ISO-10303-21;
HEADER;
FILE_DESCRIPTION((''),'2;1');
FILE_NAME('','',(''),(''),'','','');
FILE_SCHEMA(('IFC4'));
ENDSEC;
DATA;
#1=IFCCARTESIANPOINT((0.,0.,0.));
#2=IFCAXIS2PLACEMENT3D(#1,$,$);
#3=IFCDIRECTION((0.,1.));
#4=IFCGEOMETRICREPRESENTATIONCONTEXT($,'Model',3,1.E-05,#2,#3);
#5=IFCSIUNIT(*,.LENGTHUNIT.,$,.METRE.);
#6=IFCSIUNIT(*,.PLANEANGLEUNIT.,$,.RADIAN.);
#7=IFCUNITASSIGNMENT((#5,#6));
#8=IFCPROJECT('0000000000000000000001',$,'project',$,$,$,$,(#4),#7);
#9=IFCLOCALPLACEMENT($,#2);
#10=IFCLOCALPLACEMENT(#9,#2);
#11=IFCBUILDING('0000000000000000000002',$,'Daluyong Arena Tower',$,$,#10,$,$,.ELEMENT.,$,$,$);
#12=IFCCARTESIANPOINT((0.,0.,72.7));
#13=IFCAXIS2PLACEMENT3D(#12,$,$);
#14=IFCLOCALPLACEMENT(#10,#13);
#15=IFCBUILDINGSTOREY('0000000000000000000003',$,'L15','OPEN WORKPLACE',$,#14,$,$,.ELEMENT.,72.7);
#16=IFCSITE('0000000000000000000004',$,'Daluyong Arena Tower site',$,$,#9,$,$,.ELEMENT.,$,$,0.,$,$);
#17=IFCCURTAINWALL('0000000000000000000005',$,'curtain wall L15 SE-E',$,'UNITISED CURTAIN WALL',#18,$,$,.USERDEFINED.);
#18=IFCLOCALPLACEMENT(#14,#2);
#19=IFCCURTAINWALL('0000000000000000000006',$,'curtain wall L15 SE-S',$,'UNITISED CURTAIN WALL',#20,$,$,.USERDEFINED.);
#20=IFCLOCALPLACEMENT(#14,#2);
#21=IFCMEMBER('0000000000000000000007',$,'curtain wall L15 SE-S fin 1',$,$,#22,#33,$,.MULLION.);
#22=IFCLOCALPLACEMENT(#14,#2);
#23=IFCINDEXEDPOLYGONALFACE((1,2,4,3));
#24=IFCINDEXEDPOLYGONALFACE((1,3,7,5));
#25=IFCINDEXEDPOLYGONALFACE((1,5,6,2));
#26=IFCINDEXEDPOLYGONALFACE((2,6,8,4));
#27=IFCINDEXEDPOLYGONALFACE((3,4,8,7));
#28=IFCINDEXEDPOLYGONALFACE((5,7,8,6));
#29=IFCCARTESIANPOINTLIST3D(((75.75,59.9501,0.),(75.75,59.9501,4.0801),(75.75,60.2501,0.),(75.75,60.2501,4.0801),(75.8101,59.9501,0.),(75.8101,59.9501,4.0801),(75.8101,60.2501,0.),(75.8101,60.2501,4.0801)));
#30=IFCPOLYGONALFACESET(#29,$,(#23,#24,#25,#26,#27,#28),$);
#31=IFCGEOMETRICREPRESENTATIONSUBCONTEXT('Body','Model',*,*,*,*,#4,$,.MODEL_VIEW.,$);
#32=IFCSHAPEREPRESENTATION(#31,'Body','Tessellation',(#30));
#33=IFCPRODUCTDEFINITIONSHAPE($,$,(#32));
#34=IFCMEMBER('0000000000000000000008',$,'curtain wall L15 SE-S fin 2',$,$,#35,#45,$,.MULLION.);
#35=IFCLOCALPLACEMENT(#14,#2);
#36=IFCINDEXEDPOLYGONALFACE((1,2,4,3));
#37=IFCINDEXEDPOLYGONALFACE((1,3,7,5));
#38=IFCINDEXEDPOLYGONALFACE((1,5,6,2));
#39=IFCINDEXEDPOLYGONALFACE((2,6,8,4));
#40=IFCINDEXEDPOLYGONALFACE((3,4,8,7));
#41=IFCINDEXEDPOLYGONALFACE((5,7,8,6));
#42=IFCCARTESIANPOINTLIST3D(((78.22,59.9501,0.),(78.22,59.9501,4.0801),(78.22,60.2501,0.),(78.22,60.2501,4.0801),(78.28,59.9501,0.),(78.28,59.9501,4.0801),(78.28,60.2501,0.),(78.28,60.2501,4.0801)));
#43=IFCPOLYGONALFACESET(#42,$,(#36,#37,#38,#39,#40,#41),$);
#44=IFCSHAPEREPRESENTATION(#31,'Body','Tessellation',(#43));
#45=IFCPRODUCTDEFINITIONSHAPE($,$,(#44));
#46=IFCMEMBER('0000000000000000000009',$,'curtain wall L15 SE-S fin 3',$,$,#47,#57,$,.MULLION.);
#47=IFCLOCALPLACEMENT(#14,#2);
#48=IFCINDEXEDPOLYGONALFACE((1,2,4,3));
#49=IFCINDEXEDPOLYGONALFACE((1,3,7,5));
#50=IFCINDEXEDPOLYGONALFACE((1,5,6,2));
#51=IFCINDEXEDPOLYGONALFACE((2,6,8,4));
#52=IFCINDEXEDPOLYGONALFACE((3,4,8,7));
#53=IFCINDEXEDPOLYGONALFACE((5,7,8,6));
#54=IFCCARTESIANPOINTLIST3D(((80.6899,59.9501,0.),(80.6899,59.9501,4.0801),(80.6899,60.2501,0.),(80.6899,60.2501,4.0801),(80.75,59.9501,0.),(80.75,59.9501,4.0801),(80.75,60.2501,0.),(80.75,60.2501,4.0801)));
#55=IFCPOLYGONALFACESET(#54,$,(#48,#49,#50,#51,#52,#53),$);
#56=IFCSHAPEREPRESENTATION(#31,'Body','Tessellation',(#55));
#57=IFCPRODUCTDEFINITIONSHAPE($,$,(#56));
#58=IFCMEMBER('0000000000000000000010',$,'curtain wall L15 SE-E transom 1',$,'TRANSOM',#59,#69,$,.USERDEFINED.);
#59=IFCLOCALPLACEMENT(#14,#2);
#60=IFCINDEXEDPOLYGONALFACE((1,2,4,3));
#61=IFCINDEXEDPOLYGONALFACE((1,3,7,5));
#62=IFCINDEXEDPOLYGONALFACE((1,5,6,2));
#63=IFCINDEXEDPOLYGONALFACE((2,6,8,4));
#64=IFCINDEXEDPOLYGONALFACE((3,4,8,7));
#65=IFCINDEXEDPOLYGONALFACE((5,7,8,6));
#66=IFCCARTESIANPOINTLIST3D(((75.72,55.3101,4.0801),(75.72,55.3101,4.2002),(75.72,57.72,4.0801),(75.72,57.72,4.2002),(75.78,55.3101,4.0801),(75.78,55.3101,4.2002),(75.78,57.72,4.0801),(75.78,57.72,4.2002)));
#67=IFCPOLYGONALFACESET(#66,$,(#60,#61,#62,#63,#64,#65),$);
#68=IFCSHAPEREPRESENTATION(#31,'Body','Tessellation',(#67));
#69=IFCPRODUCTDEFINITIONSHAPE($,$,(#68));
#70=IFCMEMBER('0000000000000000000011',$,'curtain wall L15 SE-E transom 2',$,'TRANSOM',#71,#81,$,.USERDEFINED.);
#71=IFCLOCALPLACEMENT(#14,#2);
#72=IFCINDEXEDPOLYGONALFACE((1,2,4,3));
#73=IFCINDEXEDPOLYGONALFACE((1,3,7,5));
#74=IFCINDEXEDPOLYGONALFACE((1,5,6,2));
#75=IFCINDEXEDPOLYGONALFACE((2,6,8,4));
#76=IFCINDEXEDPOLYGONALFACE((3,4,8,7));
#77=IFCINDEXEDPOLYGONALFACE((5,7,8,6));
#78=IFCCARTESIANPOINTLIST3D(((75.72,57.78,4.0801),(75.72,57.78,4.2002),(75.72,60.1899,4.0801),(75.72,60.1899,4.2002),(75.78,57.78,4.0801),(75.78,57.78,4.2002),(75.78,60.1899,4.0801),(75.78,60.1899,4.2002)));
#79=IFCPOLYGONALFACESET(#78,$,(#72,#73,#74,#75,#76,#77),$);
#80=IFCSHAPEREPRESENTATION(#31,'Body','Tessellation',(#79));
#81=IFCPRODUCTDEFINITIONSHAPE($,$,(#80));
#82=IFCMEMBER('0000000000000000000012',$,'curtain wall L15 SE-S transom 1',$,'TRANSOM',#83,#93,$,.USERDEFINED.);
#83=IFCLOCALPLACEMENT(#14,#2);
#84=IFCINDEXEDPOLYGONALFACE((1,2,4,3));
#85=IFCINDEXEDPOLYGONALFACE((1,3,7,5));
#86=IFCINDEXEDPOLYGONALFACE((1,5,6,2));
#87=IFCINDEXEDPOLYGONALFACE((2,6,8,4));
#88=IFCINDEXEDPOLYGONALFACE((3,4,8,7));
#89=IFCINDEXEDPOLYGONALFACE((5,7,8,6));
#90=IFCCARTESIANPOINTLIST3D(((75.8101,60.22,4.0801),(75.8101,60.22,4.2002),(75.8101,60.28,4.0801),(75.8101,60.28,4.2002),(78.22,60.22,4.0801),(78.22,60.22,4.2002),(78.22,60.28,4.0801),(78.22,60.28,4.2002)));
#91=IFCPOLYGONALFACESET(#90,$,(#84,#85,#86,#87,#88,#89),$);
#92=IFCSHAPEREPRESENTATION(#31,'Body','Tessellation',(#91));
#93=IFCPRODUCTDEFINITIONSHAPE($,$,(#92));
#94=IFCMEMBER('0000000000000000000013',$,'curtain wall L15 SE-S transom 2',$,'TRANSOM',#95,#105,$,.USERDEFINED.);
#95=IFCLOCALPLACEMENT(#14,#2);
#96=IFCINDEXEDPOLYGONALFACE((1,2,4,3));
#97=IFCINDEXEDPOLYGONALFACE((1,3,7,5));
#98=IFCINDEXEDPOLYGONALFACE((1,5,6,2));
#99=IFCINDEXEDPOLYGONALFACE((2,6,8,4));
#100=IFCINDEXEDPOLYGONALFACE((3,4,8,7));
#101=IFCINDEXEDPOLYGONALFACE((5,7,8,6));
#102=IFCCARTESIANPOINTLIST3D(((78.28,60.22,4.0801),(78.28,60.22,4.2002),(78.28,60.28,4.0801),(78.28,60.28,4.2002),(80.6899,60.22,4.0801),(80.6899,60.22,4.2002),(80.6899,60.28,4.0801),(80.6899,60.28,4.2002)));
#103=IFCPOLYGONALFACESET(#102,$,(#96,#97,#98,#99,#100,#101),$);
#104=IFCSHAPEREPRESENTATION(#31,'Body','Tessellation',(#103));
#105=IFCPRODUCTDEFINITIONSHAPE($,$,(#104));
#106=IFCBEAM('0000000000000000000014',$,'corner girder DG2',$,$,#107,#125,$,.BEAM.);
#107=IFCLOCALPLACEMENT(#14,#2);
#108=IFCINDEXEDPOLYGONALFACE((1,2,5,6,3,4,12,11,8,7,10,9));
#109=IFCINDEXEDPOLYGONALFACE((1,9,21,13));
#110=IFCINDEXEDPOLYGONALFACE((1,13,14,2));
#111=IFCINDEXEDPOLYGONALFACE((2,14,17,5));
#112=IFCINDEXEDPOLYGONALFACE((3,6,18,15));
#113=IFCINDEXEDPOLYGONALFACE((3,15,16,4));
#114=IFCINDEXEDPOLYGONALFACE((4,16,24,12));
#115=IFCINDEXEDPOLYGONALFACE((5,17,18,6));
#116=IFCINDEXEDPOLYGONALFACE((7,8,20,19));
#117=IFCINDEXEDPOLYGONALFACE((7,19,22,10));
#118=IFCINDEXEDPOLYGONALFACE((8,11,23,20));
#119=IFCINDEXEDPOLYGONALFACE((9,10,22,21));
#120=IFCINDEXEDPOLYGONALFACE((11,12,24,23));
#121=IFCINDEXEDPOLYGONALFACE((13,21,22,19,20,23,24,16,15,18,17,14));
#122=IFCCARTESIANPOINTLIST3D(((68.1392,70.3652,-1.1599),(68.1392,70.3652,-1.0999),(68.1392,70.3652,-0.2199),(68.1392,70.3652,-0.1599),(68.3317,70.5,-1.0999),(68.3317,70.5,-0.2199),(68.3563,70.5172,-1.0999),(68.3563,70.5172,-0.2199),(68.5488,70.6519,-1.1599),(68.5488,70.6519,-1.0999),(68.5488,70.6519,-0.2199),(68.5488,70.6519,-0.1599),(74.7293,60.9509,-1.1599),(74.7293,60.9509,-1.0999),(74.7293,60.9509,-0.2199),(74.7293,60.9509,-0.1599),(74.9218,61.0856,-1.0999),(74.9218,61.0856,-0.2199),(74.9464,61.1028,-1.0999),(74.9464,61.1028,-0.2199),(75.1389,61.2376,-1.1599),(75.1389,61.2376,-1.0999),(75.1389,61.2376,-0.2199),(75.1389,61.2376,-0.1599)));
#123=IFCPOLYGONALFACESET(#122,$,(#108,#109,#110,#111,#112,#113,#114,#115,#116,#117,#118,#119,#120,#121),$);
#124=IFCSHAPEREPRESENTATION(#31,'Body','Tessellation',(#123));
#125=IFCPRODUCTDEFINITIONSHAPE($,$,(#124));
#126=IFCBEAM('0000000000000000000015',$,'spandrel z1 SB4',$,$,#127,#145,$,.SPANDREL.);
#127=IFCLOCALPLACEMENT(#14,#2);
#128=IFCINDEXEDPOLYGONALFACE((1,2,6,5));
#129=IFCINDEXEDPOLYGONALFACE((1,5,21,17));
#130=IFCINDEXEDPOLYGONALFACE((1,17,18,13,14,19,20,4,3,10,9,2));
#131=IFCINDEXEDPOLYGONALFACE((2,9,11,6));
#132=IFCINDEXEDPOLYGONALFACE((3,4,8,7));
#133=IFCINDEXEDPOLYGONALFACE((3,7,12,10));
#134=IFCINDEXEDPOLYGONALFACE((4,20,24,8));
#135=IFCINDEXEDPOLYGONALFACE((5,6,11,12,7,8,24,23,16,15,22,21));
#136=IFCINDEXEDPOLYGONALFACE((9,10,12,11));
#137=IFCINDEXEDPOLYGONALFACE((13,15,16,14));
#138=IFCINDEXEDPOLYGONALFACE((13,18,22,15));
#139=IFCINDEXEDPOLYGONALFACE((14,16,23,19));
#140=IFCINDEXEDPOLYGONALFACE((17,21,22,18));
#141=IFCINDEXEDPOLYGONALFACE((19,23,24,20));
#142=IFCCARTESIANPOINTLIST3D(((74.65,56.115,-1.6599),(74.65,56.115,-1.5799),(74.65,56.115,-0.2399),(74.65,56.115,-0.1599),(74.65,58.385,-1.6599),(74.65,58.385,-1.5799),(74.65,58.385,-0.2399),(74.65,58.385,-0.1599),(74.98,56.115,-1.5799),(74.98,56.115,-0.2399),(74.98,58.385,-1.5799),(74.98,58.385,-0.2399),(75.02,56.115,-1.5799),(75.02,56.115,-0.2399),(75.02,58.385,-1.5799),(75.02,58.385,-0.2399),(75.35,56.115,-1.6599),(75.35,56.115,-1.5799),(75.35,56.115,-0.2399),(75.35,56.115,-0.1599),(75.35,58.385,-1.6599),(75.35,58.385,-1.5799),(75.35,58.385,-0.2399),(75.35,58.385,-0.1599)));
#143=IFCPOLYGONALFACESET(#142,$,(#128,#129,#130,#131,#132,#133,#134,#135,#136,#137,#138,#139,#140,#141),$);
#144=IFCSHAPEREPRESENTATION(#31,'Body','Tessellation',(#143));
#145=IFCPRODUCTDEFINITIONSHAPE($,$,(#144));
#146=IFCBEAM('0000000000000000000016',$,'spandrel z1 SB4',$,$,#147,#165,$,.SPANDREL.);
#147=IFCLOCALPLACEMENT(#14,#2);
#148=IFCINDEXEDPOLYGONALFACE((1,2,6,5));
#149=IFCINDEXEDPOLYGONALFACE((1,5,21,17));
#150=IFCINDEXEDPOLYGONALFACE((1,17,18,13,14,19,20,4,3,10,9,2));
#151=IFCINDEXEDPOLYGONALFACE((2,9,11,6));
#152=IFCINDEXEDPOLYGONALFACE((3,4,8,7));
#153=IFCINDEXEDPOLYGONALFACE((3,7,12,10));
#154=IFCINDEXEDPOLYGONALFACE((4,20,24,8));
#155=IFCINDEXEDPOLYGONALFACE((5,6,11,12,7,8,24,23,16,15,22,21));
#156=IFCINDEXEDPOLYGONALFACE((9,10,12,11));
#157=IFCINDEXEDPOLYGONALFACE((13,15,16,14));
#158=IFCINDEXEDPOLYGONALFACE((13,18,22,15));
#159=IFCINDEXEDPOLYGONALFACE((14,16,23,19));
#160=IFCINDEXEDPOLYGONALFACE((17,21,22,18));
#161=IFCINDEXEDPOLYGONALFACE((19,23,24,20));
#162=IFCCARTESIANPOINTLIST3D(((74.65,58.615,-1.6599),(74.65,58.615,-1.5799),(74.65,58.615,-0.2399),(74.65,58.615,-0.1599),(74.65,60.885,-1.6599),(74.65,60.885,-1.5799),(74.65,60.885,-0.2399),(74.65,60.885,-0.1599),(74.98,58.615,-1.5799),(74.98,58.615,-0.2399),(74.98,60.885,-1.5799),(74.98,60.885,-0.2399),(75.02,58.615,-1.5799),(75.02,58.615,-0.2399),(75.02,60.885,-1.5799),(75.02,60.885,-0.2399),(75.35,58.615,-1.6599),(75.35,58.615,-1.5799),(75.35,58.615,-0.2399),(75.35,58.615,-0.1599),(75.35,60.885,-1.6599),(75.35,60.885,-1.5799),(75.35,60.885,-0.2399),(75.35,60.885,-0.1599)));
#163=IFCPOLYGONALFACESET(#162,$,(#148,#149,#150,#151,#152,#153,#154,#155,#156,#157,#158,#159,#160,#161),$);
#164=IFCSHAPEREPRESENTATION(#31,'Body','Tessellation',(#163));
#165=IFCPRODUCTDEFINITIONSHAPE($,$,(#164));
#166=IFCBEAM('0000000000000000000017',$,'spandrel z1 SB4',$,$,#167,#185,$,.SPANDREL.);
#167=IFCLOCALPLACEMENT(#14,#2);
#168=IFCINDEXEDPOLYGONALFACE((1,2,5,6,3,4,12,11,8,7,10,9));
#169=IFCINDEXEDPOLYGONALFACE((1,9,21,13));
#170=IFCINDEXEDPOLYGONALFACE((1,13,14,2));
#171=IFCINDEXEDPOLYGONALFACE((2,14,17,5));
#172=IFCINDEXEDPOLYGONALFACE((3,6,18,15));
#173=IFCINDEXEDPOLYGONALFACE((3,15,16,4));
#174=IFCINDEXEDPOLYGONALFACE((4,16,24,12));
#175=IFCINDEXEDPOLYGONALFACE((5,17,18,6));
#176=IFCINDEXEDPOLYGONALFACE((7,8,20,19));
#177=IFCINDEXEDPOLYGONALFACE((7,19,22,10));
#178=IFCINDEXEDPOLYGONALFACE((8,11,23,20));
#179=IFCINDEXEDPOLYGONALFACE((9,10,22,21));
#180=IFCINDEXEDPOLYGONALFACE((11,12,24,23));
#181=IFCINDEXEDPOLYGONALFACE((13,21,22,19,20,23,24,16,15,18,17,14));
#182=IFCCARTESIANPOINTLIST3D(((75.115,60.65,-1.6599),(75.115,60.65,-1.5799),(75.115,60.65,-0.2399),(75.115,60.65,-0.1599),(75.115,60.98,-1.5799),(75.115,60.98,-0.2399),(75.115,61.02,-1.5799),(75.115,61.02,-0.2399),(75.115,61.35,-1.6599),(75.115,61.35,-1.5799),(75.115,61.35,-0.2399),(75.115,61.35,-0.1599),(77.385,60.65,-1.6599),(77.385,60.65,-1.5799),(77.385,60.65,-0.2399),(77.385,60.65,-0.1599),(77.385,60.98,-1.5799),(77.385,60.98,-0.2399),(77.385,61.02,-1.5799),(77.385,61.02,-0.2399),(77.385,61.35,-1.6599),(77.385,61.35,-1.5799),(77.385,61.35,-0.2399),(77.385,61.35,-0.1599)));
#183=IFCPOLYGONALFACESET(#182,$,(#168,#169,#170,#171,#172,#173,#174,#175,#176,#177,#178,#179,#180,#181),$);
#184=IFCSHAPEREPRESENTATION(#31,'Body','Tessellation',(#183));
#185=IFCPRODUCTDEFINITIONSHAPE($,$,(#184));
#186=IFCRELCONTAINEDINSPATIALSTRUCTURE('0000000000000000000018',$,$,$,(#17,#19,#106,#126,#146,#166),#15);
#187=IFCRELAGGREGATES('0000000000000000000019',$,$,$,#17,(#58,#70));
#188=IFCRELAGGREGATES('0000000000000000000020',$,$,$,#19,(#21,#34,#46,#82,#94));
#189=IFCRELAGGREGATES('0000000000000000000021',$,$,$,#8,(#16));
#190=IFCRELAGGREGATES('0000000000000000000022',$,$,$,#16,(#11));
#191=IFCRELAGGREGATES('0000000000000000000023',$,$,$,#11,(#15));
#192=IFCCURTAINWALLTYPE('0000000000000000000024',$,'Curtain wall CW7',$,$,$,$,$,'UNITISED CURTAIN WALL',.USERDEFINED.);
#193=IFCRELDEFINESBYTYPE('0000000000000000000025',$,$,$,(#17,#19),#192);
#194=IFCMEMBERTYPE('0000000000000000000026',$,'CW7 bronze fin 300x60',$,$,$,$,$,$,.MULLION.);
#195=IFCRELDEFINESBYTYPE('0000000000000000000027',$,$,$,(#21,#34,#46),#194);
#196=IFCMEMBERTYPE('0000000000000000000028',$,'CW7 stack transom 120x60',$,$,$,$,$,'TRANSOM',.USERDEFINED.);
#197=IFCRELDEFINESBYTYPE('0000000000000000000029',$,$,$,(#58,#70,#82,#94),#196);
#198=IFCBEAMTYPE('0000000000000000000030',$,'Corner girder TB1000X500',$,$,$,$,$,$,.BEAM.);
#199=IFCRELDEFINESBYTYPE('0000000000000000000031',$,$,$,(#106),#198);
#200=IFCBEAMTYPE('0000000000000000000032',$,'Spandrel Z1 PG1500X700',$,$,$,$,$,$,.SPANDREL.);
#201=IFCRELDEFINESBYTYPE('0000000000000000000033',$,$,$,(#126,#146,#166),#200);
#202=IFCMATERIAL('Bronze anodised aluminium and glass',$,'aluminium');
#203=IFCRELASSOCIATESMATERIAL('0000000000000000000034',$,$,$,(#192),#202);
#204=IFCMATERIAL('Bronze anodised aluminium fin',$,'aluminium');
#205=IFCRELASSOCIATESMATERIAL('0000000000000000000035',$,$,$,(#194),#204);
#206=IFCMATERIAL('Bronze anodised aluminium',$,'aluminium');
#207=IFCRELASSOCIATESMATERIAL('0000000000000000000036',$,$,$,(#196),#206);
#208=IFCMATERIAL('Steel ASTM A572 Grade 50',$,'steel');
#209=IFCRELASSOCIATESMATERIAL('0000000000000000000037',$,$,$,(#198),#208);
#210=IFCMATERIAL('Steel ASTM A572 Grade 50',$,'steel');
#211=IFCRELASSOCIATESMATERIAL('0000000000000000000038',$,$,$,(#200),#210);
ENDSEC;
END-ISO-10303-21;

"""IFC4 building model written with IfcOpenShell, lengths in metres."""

from ifc_helpers import new_model, si_unit, direction, frame, origin, origin_2d, place, context, subcontext, project, spatial, rectangle, i_section, extrude, material, material_profile, profile_set, type_object, element, aggregate, save


model = new_model("IFC4")

# Units and contexts
model_context = context("Model", 3, precision=1e-05, world=origin(), true_north=direction((0.0, 1.0)))
body_context = subcontext(model_context, "Body", "Model", "MODEL_VIEW")
ifc_project = project(units=[si_unit("LENGTHUNIT", "METRE"), si_unit("PLANEANGLEUNIT", "RADIAN")], contexts=[model_context])

# Site, building, storey
site_placement = place(None, origin())
site = spatial("IfcSite", under=ifc_project, at=site_placement, Name="Daluyong Arena Tower site", CompositionType="ELEMENT", RefElevation=0.0)
building_placement = place(site_placement, origin())
building = spatial("IfcBuilding", under=site, at=building_placement, Name="Daluyong Arena Tower", CompositionType="ELEMENT")
storey_placement = place(building_placement, frame((0.0, 0.0, 72.7)))
storey = spatial("IfcBuildingStorey", under=building, at=storey_placement, Name="L15", Description="OPEN WORKPLACE", CompositionType="ELEMENT", Elevation=72.7)

# Curtain walls, members
ifc_material_1 = material(Name="Bronze anodised aluminium and glass", Category="aluminium")
curtain_wall_type_1 = type_object("IfcCurtainWallType", Name="Curtain wall CW7", ElementType="UNITISED CURTAIN WALL", PredefinedType="USERDEFINED", material=ifc_material_1)
curtain_wall_1_placement = place(storey_placement, origin())
curtain_wall_1 = element("IfcCurtainWall", 1, at=curtain_wall_1_placement, inside=storey, type_object=curtain_wall_type_1, Name="curtain wall L15 SE-E", ObjectType="UNITISED CURTAIN WALL", PredefinedType="USERDEFINED")
ifc_material_2 = material(Name="Bronze anodised aluminium fin", Category="aluminium")
ifc_material_profile_1 = material_profile(ifc_material_2, rectangle(XDim=0.3, YDim=0.0601, at=origin_2d()))
ifc_profile_set_1 = profile_set([ifc_material_profile_1], Name="Bronze anodised aluminium fin")
member_type_1 = type_object("IfcMemberType", Name="CW7 bronze fin 300x60", PredefinedType="MULLION", material=ifc_profile_set_1)
curtain_wall_2_placement = place(storey_placement, origin())
curtain_wall_2 = element("IfcCurtainWall", 2, at=curtain_wall_2_placement, inside=storey, type_object=curtain_wall_type_1, Name="curtain wall L15 SE-S", ObjectType="UNITISED CURTAIN WALL", PredefinedType="USERDEFINED")
member_1_placement = place(storey_placement, frame((75.78, 60.1001, 0.0), z_axis=(0.0, 0.0, 1.0), x_axis=(0.0, 1.0, 0.0)))
member_1 = element("IfcMember", 3, at=member_1_placement, type_object=member_type_1, Name="curtain wall L15 SE-S fin 1", PredefinedType="MULLION", context=body_context, shape_type="SweptSolid", body=[
    extrude(rectangle(XDim=0.3, YDim=0.0601, at=origin_2d()), origin(), (0.0, 0.0, 1.0), 4.0801),
])
member_2_placement = place(storey_placement, frame((78.25, 60.1001, 0.0), z_axis=(0.0, 0.0, 1.0), x_axis=(0.0, 1.0, 0.0)))
member_2 = element("IfcMember", 4, at=member_2_placement, type_object=member_type_1, Name="curtain wall L15 SE-S fin 2", PredefinedType="MULLION", context=body_context, shape_type="SweptSolid", body=[
    extrude(rectangle(XDim=0.3, YDim=0.0601, at=origin_2d()), origin(), (0.0, 0.0, 1.0), 4.0801),
])
member_3_placement = place(storey_placement, frame((80.72, 60.1001, 0.0), z_axis=(0.0, 0.0, 1.0), x_axis=(0.0, 1.0, 0.0)))
member_3 = element("IfcMember", 5, at=member_3_placement, type_object=member_type_1, Name="curtain wall L15 SE-S fin 3", PredefinedType="MULLION", context=body_context, shape_type="SweptSolid", body=[
    extrude(rectangle(XDim=0.3, YDim=0.0601, at=origin_2d()), origin(), (0.0, 0.0, 1.0), 4.0801),
])

# Members
ifc_material_3 = material(Name="Bronze anodised aluminium", Category="aluminium")
ifc_material_profile_2 = material_profile(ifc_material_3, rectangle(XDim=0.0601, YDim=0.1201, at=origin_2d()))
ifc_profile_set_2 = profile_set([ifc_material_profile_2], Name="Bronze anodised aluminium")
member_type_2 = type_object("IfcMemberType", Name="CW7 stack transom 120x60", ElementType="TRANSOM", PredefinedType="USERDEFINED", material=ifc_profile_set_2)
member_4_placement = place(storey_placement, frame((75.75, 55.3101, 4.1401), z_axis=(0.0, 1.0, 0.0), x_axis=(-1.0, 0.0, 0.0)))
member_4 = element("IfcMember", 6, at=member_4_placement, type_object=member_type_2, Name="curtain wall L15 SE-E transom 1", ObjectType="TRANSOM", PredefinedType="USERDEFINED", context=body_context, shape_type="SweptSolid", body=[
    extrude(rectangle(XDim=0.0601, YDim=0.1201, at=origin_2d()), origin(), (0.0, 0.0, 1.0), 2.4099),
])
member_5_placement = place(storey_placement, frame((75.75, 57.78, 4.1401), z_axis=(0.0, 1.0, 0.0), x_axis=(-1.0, 0.0, 0.0)))
member_5 = element("IfcMember", 7, at=member_5_placement, type_object=member_type_2, Name="curtain wall L15 SE-E transom 2", ObjectType="TRANSOM", PredefinedType="USERDEFINED", context=body_context, shape_type="SweptSolid", body=[
    extrude(rectangle(XDim=0.0601, YDim=0.1201, at=origin_2d()), origin(), (0.0, 0.0, 1.0), 2.4099),
])
member_6_placement = place(storey_placement, frame((75.8101, 60.25, 4.1401), z_axis=(1.0, 0.0, 0.0), x_axis=(0.0, 1.0, 0.0)))
member_6 = element("IfcMember", 8, at=member_6_placement, type_object=member_type_2, Name="curtain wall L15 SE-S transom 1", ObjectType="TRANSOM", PredefinedType="USERDEFINED", context=body_context, shape_type="SweptSolid", body=[
    extrude(rectangle(XDim=0.0601, YDim=0.1201, at=origin_2d()), origin(), (0.0, 0.0, 1.0), 2.4099),
])
member_7_placement = place(storey_placement, frame((78.28, 60.25, 4.1401), z_axis=(1.0, 0.0, 0.0), x_axis=(0.0, 1.0, 0.0)))
member_7 = element("IfcMember", 9, at=member_7_placement, type_object=member_type_2, Name="curtain wall L15 SE-S transom 2", ObjectType="TRANSOM", PredefinedType="USERDEFINED", context=body_context, shape_type="SweptSolid", body=[
    extrude(rectangle(XDim=0.0601, YDim=0.1201, at=origin_2d()), origin(), (0.0, 0.0, 1.0), 2.4099),
])

# Beams
ifc_material_4 = material(Name="Steel ASTM A572 Grade 50", Category="steel")
ifc_material_profile_3 = material_profile(ifc_material_4, i_section(OverallWidth=0.5, OverallDepth=1.0, WebThickness=0.03, FlangeThickness=0.06, at=origin_2d()))
ifc_profile_set_3 = profile_set([ifc_material_profile_3], Name="Steel ASTM A572 Grade 50")
beam_type_1 = type_object("IfcBeamType", Name="Corner girder TB1000X500", PredefinedType="BEAM", material=ifc_profile_set_3)
beam_1_placement = place(storey_placement, frame((74.9341, 61.0942, -0.6599), z_axis=(-0.573467, 0.819229, 0.0), x_axis=(-0.819229, -0.573467, 0.0)))
element("IfcBeam", 10, at=beam_1_placement, inside=storey, type_object=beam_type_1, Name="corner girder DG2", PredefinedType="BEAM", context=body_context, shape_type="SweptSolid", body=[
    extrude(i_section(OverallWidth=0.5, OverallDepth=1.0, WebThickness=0.03, FlangeThickness=0.06, at=origin_2d()), origin(), (0.0, 0.0, 1.0), 11.4917),
])
ifc_material_5 = material(Name="Steel ASTM A572 Grade 50", Category="steel")
ifc_material_profile_4 = material_profile(ifc_material_5, i_section(OverallWidth=0.7, OverallDepth=1.5, WebThickness=0.04, FlangeThickness=0.08, at=origin_2d()))
ifc_profile_set_4 = profile_set([ifc_material_profile_4], Name="Steel ASTM A572 Grade 50")
beam_type_2 = type_object("IfcBeamType", Name="Spandrel Z1 PG1500X700", PredefinedType="SPANDREL", material=ifc_profile_set_4)
for number, where, z_axis, x_axis, name in (
    (11, (75.0, 56.115, -0.9099), (0.0, 1.0, 0.0), (-1.0, 0.0, 0.0), "spandrel z1 SB4"),
    (12, (75.0, 58.615, -0.9099), (0.0, 1.0, 0.0), (-1.0, 0.0, 0.0), "spandrel z1 SB4"),
    (13, (75.115, 61.0, -0.9099), (1.0, 0.0, 0.0), (0.0, 1.0, 0.0), "spandrel z1 SB4"),
):
    element("IfcBeam", number, at=place(storey_placement, frame(where, z_axis=z_axis, x_axis=x_axis)), inside=storey, type_object=beam_type_2, Name=name, PredefinedType="SPANDREL", context=body_context, shape_type="SweptSolid", body=[
        extrude(i_section(OverallWidth=0.7, OverallDepth=1.5, WebThickness=0.04, FlangeThickness=0.08, at=origin_2d()), origin(), (0.0, 0.0, 1.0), 2.27),
    ])

aggregate(curtain_wall_1, [member_4, member_5])
aggregate(curtain_wall_2, [member_1, member_2, member_3, member_6, member_7])

save(model, "model.ifc")
